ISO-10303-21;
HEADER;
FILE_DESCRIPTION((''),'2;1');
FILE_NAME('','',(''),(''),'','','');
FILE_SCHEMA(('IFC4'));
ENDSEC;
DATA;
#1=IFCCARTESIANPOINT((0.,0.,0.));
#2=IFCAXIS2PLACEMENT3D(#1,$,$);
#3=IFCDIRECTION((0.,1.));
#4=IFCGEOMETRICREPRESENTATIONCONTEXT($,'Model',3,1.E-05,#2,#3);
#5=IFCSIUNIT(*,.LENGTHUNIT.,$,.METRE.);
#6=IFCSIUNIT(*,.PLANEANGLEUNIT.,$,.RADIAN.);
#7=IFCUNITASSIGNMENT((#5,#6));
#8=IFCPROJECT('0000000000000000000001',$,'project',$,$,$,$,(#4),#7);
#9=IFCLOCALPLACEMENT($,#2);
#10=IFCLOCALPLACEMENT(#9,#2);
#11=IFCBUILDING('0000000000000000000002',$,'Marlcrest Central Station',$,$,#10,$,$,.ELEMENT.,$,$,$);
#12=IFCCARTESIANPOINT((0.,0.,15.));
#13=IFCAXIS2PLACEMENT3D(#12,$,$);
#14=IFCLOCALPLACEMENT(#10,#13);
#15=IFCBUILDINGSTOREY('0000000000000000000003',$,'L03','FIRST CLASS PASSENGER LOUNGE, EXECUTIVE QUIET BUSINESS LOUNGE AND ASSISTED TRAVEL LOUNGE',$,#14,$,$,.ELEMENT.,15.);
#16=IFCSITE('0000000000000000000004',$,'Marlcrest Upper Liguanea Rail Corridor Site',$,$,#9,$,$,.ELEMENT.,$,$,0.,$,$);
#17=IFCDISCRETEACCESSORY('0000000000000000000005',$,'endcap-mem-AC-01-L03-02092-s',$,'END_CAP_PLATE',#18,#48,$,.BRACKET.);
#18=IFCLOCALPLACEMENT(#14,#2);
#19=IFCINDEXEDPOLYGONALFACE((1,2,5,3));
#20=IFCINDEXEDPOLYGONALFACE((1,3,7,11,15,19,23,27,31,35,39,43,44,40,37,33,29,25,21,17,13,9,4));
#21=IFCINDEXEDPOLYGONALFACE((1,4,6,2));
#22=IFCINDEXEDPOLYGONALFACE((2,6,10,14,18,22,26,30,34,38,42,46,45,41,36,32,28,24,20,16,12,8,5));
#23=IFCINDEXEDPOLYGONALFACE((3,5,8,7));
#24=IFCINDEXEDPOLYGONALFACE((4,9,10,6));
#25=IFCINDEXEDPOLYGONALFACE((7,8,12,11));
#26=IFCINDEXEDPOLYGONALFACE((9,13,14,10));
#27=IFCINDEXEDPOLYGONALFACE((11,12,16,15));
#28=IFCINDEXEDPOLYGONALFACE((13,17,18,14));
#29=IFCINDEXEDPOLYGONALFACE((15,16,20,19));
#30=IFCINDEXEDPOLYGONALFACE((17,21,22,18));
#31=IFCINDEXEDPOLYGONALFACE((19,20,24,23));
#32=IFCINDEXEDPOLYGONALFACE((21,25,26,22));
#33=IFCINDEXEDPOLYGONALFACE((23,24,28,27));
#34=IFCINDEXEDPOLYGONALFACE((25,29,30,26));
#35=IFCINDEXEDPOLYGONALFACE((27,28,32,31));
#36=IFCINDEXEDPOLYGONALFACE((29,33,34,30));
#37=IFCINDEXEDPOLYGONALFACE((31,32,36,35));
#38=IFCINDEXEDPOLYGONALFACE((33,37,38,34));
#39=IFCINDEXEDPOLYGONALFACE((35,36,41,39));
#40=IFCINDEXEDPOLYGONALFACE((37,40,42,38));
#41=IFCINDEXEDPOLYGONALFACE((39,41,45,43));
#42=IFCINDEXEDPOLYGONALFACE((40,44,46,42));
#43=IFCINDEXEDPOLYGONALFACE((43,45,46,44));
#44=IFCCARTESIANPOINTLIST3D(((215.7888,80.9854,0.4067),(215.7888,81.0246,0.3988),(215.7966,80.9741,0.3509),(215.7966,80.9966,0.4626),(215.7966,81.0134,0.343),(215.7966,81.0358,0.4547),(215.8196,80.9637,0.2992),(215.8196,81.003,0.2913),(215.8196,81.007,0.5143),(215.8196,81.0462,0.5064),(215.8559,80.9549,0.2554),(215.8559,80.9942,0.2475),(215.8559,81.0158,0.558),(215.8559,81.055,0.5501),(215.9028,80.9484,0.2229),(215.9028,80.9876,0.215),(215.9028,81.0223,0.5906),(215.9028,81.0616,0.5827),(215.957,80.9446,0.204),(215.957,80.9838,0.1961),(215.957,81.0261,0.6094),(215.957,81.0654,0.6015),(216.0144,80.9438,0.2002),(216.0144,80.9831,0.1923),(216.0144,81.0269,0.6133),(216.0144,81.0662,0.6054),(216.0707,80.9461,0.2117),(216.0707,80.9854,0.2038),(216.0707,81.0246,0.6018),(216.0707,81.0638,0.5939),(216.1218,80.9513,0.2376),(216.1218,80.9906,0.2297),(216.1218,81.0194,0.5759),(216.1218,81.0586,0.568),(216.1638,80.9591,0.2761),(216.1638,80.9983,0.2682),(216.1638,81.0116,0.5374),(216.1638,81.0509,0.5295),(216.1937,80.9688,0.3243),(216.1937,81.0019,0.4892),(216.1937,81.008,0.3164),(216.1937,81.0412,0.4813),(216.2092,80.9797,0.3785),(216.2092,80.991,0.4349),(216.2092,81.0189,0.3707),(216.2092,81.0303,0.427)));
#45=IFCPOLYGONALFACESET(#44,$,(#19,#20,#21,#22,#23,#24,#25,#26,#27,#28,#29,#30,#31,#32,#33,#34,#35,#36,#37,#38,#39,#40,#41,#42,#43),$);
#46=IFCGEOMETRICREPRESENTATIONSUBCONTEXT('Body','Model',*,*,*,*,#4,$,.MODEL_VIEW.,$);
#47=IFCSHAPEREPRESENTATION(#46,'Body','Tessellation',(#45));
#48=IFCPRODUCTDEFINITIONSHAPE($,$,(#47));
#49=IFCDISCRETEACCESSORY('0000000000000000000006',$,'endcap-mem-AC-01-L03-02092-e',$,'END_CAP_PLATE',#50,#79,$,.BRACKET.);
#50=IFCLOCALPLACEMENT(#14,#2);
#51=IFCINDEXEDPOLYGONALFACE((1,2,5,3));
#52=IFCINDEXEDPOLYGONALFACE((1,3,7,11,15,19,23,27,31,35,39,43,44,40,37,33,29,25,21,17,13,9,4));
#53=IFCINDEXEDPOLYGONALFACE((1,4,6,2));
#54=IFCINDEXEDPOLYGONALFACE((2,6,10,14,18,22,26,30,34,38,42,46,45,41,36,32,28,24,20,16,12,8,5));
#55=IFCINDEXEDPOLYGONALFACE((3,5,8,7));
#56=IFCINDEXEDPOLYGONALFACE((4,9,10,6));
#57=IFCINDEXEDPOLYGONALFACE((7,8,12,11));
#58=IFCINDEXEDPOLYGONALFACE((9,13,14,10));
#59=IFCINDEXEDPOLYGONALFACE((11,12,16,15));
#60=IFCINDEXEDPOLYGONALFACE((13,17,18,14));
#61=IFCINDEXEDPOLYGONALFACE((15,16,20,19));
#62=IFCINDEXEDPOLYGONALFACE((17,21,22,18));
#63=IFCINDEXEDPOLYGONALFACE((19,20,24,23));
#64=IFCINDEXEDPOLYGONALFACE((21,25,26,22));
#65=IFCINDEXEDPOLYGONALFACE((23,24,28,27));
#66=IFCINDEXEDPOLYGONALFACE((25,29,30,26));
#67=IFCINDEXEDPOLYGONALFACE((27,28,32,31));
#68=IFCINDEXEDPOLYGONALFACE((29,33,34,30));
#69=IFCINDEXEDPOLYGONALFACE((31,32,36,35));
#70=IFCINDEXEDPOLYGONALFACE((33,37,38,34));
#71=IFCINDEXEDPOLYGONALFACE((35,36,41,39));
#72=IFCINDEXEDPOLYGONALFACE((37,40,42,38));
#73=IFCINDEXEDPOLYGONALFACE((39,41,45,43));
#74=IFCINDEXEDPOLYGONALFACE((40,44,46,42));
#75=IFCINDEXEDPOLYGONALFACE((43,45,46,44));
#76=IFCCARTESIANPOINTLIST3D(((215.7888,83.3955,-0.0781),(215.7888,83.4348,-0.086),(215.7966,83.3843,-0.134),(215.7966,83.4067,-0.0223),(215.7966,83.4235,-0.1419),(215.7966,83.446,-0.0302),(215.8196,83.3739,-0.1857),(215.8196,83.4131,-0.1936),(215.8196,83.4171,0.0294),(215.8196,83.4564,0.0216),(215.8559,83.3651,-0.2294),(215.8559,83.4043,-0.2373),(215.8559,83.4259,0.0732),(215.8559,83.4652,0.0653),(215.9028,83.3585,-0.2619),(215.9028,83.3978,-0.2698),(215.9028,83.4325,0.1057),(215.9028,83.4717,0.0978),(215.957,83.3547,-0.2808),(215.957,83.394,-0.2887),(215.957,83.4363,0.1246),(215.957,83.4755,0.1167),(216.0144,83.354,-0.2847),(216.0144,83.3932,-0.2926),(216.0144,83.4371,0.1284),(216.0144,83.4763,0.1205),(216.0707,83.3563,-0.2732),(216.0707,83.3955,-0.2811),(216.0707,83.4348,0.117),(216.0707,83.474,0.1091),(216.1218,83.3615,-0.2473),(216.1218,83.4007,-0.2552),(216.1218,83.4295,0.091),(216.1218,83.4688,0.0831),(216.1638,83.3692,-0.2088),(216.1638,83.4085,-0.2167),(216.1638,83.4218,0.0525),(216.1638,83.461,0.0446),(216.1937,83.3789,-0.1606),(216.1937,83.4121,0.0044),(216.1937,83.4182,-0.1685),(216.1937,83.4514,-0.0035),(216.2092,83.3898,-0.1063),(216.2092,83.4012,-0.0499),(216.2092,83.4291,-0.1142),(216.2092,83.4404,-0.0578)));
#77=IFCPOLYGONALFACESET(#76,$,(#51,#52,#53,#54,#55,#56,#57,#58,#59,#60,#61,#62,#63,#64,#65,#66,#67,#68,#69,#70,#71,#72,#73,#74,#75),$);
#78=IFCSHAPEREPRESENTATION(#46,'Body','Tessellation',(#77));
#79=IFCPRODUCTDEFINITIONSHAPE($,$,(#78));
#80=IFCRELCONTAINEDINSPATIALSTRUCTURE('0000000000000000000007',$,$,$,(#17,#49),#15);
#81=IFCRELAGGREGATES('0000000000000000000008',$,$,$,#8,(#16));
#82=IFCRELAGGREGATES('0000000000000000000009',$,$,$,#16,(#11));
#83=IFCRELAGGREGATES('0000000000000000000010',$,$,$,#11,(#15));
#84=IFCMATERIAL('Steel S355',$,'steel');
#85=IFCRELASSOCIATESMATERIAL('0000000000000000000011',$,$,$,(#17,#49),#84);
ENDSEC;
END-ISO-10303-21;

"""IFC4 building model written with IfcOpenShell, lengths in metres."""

from ifc_helpers import new_model, si_unit, direction, frame, origin, origin_2d, place, context, subcontext, project, spatial, circle, extrude, material, element, save


model = new_model("IFC4")

# Units and contexts
model_context = context("Model", 3, precision=1e-05, world=origin(), true_north=direction((0.0, 1.0)))
body_context = subcontext(model_context, "Body", "Model", "MODEL_VIEW")
ifc_project = project(units=[si_unit("LENGTHUNIT", "METRE"), si_unit("PLANEANGLEUNIT", "RADIAN")], contexts=[model_context])

# Site, building, storey
site_placement = place(None, origin())
site = spatial("IfcSite", under=ifc_project, at=site_placement, Name="Marlcrest Upper Liguanea Rail Corridor Site", CompositionType="ELEMENT", RefElevation=0.0)
building_placement = place(site_placement, origin())
building = spatial("IfcBuilding", under=site, at=building_placement, Name="Marlcrest Central Station", CompositionType="ELEMENT")
storey_placement = place(building_placement, frame((0.0, 0.0, 15.0)))
storey = spatial("IfcBuildingStorey", under=building, at=storey_placement, Name="L03", Description="FIRST CLASS PASSENGER LOUNGE, EXECUTIVE QUIET BUSINESS LOUNGE AND ASSISTED TRAVEL LOUNGE", CompositionType="ELEMENT", Elevation=15.0)

# Shared definitions
ifc_material_1 = material(Name="Steel S355", Category="steel")

# Discrete accessories
for number, where, z_axis, x_axis, name in (
    (1, (216.0, 80.9854, 0.4067), (0.0, 0.980359, -0.197219), (-1.0, 0.0, 0.0), "endcap-mem-AC-01-L03-02092-s"),
    (2, (216.0, 83.3955, -0.0781), (0.0, 0.980359, -0.197219), (-1.0, 0.0, 0.0), "endcap-mem-AC-01-L03-02092-e"),
):
    element("IfcDiscreteAccessory", number, at=place(storey_placement, frame(where, z_axis=z_axis, x_axis=x_axis)), inside=storey, material=ifc_material_1, Name=name, ObjectType="END_CAP_PLATE", PredefinedType="BRACKET", context=body_context, shape_type="SweptSolid", body=[
        extrude(circle(Radius=0.2112, at=origin_2d()), origin(), (0.0, 0.0, 1.0), 0.04),
    ])

save(model, "model.ifc")
